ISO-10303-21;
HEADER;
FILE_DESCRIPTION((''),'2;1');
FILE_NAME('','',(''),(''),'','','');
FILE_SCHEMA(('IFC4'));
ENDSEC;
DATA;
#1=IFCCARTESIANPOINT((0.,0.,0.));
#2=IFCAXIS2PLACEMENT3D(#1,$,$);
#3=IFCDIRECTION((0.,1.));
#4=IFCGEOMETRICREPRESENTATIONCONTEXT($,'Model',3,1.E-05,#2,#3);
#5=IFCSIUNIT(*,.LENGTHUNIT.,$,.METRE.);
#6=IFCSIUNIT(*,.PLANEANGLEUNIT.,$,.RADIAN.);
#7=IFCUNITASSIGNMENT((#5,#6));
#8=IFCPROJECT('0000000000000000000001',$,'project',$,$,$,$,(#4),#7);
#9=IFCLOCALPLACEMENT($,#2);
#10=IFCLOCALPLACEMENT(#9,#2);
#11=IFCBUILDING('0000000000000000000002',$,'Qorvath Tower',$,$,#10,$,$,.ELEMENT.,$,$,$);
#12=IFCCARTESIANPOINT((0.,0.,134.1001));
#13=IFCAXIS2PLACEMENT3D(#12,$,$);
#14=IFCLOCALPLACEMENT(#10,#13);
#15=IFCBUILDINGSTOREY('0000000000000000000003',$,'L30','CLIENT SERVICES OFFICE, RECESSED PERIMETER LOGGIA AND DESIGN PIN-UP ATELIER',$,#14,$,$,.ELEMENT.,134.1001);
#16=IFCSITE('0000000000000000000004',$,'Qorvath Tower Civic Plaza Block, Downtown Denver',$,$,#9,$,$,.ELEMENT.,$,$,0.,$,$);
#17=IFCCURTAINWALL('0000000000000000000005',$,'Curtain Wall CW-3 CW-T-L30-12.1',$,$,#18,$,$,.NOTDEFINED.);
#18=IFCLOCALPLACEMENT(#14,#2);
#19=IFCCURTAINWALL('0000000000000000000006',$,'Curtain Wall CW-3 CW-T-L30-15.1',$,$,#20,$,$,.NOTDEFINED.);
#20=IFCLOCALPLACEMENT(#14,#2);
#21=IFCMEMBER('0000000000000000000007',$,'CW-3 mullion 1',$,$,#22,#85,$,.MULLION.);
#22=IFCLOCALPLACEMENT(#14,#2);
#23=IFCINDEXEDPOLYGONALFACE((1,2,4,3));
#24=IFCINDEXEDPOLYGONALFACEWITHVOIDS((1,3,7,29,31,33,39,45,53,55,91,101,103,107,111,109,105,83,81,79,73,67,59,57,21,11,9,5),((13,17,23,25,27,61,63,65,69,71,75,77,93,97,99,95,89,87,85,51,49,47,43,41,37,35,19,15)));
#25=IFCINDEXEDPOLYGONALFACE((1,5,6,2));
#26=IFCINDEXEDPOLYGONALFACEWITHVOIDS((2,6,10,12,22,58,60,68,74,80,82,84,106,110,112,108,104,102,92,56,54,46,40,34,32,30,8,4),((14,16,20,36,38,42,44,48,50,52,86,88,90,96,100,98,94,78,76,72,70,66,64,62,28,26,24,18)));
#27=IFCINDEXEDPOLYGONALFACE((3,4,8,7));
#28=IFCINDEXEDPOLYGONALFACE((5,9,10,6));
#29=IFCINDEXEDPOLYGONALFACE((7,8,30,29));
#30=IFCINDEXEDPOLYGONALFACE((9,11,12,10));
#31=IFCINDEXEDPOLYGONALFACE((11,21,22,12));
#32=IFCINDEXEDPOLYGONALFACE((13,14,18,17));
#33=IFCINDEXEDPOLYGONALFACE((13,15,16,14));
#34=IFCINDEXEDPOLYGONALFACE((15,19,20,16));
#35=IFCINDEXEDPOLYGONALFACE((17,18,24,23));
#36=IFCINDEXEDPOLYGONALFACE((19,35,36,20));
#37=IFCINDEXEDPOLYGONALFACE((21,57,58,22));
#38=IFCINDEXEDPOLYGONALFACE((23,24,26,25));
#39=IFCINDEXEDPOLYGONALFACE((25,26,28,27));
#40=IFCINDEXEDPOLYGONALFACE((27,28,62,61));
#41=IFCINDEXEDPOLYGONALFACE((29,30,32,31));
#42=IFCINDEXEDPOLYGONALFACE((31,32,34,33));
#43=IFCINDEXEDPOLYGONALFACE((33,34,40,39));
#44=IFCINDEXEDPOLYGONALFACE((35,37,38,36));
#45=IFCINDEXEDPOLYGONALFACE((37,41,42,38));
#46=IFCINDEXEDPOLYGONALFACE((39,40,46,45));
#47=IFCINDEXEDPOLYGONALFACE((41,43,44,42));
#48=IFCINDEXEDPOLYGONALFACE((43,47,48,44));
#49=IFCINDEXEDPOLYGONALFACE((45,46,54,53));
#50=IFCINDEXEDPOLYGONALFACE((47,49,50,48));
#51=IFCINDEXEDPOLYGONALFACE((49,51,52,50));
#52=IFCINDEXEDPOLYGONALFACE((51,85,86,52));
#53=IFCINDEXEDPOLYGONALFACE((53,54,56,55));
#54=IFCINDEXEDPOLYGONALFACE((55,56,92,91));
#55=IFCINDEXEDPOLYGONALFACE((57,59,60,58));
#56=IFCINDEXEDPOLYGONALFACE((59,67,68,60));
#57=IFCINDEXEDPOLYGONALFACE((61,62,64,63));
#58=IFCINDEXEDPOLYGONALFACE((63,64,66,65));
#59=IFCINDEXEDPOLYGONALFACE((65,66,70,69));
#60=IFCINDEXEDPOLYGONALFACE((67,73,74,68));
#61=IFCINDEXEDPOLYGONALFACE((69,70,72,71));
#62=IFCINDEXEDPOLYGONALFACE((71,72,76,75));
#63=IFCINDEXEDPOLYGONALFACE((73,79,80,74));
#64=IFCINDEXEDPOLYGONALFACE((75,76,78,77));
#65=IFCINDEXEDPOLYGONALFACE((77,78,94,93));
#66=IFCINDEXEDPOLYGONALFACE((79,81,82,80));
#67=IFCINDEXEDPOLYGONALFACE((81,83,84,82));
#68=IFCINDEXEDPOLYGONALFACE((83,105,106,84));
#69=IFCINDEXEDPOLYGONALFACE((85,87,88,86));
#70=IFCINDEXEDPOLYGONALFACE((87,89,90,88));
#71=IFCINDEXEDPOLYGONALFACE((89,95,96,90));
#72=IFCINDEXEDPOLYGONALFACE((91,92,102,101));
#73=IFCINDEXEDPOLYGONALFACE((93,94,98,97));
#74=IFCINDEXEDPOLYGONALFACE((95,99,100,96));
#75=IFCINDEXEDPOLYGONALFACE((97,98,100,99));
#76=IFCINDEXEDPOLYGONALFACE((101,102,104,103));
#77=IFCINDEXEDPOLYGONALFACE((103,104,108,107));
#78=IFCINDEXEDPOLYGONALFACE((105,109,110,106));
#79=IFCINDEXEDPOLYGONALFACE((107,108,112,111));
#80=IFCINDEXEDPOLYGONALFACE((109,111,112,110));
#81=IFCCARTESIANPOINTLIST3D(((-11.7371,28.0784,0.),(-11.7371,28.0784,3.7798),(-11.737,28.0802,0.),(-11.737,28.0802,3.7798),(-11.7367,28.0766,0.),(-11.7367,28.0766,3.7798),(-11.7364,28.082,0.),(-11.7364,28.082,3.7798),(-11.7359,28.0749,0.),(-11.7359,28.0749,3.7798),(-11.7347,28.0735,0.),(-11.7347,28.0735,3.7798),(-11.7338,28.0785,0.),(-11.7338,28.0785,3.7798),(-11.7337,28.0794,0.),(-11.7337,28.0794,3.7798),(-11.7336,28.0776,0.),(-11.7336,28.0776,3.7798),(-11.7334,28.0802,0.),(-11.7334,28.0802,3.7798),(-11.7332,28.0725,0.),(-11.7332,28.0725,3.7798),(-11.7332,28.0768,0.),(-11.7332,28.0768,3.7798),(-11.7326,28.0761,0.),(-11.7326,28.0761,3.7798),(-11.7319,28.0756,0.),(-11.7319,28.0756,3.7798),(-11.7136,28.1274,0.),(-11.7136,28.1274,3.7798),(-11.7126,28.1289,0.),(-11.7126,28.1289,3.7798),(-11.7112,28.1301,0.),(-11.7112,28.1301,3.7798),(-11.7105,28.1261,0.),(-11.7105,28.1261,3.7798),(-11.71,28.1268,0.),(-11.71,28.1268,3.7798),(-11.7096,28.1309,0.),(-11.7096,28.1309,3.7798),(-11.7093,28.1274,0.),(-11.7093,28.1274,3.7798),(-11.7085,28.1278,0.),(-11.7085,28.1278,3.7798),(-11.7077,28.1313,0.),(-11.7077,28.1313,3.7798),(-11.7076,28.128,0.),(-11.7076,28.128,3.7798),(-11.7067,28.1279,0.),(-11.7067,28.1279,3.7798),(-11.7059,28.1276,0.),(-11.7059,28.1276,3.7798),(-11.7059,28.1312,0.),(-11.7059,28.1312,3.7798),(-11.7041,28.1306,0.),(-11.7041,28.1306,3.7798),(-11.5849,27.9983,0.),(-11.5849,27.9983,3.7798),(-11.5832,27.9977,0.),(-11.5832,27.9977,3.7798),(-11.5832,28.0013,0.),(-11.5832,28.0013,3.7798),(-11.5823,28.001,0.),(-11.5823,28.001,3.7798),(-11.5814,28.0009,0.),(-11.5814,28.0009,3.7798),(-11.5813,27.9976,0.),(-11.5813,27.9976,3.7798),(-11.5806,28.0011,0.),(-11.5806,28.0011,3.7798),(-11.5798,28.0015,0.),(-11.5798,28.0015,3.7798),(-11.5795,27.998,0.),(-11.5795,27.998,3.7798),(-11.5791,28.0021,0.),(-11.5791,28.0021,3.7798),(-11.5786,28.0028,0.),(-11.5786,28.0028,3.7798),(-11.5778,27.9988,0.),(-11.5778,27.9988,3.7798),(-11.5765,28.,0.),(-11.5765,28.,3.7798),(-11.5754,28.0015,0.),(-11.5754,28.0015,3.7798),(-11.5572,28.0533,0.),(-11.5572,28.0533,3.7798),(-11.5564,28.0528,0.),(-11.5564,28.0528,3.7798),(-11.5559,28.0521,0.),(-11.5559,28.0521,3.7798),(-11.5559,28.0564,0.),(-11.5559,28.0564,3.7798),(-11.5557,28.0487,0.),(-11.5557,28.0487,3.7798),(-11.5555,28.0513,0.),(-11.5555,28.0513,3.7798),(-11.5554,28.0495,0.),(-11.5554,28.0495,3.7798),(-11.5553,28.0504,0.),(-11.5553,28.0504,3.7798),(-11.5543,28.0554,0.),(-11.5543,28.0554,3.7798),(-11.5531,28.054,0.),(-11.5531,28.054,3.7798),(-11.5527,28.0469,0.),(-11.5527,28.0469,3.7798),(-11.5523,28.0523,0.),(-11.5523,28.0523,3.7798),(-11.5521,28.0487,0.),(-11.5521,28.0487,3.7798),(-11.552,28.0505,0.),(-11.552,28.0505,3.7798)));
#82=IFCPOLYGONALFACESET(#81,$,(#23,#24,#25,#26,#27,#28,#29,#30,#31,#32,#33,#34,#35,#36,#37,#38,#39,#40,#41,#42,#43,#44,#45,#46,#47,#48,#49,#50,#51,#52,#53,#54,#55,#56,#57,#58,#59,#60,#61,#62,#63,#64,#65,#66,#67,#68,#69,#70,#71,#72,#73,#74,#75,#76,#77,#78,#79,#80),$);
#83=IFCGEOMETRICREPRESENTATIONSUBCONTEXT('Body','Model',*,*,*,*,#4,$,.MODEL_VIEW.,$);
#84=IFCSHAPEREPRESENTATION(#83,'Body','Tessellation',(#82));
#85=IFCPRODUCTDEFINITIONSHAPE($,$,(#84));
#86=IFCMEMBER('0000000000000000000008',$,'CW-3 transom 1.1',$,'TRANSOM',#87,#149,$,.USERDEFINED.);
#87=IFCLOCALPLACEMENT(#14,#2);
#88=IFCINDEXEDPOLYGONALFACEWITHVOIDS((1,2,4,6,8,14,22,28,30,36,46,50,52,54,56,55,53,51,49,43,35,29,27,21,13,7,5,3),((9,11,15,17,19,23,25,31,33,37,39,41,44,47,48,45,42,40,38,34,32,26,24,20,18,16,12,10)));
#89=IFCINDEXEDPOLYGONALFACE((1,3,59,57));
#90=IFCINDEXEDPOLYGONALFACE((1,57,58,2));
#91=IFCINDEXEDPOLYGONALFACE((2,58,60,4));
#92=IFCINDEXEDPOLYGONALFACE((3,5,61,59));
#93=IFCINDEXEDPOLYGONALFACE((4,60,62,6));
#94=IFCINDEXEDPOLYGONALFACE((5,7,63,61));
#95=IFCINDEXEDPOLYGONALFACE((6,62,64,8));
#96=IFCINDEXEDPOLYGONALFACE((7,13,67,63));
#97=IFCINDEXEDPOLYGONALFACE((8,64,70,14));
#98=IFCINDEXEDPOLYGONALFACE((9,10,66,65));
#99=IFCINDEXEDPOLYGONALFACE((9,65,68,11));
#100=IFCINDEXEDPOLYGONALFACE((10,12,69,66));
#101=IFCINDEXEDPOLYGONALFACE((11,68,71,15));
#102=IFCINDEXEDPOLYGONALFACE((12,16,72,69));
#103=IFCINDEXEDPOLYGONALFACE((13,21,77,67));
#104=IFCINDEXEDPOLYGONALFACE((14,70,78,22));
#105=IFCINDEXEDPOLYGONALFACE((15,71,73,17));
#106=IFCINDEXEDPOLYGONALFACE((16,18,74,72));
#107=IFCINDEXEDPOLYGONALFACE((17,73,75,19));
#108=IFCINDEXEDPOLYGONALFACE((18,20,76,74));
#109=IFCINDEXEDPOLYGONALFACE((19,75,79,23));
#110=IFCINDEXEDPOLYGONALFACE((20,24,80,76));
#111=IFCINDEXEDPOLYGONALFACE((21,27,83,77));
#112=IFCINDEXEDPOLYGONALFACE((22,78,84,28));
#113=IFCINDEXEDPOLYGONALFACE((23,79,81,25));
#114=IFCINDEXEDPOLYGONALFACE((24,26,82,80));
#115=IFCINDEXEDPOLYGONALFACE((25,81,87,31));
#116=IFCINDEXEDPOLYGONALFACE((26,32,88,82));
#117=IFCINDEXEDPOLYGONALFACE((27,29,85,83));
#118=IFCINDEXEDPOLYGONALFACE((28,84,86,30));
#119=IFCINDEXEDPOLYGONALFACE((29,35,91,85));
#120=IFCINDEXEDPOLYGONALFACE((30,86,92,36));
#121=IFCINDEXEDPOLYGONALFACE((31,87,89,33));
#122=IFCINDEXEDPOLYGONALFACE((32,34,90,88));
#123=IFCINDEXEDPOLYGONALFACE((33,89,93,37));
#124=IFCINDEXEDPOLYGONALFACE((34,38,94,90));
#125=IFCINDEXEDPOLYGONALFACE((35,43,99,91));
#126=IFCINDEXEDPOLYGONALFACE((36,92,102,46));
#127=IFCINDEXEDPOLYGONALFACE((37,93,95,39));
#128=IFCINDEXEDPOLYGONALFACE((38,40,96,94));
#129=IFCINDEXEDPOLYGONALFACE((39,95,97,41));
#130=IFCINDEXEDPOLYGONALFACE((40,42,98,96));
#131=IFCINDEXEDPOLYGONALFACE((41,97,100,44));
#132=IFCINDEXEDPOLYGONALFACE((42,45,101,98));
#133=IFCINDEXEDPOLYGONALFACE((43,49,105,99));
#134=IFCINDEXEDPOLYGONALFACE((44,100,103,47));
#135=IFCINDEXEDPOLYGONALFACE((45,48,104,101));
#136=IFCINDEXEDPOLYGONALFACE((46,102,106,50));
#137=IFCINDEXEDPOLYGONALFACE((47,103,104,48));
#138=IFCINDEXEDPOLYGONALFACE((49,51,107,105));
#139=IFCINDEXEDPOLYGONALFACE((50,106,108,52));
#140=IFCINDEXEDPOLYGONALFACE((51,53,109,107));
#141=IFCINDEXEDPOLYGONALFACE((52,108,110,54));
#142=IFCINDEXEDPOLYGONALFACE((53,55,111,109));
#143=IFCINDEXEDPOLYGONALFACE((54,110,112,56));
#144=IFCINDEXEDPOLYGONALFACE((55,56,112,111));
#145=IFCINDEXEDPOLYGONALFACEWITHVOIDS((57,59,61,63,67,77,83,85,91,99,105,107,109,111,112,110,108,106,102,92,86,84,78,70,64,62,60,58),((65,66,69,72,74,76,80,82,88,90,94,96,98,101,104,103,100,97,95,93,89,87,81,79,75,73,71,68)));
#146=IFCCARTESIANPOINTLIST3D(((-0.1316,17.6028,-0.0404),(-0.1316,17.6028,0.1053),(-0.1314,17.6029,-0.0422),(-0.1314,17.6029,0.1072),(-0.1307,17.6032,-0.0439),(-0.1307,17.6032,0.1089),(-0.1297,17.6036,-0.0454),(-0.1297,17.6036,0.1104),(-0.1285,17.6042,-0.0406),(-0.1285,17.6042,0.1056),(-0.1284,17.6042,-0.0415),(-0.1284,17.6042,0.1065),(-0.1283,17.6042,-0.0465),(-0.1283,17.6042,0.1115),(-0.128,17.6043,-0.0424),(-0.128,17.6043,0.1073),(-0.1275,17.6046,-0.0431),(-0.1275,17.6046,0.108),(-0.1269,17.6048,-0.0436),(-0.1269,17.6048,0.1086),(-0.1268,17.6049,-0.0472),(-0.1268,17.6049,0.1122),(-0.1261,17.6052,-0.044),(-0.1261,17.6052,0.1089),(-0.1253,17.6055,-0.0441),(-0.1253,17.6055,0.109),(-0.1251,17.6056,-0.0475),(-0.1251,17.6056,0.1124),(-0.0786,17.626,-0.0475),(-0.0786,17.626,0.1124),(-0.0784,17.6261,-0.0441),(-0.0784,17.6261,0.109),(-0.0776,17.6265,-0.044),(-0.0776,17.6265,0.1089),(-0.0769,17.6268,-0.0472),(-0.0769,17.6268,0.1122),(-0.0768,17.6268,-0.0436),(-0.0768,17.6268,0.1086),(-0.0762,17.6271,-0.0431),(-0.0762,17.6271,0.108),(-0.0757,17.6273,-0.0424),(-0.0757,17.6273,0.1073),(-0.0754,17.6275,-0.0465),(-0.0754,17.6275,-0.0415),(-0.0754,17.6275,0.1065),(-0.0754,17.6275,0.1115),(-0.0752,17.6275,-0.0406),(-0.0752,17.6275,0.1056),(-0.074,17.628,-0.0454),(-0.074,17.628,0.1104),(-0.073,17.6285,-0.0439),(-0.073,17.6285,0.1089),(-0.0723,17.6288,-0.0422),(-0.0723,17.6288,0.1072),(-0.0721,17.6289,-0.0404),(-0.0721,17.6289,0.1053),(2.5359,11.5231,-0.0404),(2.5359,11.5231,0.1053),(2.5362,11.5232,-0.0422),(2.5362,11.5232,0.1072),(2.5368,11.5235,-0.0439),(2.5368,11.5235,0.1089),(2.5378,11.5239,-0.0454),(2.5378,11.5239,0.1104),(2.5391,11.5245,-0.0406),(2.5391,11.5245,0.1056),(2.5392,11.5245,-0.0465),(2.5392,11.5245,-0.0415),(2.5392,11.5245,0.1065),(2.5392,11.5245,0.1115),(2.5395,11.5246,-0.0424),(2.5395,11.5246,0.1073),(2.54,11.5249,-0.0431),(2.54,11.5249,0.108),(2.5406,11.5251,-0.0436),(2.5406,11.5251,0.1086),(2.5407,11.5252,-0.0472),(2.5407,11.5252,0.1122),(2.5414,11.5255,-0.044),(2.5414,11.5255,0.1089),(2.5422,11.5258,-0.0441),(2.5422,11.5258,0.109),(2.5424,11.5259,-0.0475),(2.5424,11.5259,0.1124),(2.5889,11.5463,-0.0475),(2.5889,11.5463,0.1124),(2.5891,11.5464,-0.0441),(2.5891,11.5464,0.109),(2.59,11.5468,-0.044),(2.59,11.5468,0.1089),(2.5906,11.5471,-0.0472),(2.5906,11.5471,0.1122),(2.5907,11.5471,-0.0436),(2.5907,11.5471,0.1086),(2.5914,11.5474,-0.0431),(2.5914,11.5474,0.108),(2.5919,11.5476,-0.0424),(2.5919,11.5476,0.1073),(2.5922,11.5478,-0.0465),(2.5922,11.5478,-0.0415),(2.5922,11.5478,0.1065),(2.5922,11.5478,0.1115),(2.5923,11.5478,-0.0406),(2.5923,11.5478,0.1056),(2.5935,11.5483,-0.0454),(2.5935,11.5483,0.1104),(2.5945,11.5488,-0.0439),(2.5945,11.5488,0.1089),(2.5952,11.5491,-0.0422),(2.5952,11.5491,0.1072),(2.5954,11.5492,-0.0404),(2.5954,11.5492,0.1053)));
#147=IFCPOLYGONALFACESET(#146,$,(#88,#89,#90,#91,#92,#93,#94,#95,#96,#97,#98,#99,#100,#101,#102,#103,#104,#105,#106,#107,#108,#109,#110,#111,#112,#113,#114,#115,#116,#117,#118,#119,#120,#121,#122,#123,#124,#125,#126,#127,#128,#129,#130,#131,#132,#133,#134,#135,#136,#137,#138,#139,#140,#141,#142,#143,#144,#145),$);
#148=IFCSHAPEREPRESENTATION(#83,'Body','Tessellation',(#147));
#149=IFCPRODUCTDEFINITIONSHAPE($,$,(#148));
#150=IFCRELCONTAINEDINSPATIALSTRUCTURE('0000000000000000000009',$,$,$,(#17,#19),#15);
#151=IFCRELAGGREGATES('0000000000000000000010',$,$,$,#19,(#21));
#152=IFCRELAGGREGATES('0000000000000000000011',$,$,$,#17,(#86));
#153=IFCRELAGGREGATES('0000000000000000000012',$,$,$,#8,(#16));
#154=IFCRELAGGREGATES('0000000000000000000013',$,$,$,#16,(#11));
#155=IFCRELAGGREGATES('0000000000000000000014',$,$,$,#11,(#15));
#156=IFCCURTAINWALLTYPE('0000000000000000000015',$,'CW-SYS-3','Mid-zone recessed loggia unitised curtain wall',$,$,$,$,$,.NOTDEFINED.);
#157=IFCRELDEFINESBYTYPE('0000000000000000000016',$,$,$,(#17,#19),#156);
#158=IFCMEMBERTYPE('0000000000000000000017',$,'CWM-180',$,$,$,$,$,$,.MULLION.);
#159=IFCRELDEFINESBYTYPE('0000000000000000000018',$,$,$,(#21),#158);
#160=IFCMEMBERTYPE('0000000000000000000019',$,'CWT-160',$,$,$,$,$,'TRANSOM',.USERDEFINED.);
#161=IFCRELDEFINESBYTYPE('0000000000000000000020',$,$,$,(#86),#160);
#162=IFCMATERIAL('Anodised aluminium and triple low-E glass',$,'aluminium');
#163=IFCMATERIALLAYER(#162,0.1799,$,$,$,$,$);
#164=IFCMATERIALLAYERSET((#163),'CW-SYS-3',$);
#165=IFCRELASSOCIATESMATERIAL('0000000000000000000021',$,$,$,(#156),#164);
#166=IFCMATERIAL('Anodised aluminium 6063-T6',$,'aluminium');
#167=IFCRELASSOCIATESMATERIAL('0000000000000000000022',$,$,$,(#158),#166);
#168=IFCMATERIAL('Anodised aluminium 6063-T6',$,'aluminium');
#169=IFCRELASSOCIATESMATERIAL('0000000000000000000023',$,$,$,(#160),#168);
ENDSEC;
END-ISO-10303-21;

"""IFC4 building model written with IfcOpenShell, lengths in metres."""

from ifc_helpers import new_model, si_unit, direction, frame, origin, origin_2d, place, context, subcontext, project, spatial, hollow_rectangle, extrude, material, layer, layer_set, material_profile, profile_set, type_object, element, aggregate, save


model = new_model("IFC4")

# Units and contexts
model_context = context("Model", 3, precision=1e-05, world=origin(), true_north=direction((0.0, 1.0)))
body_context = subcontext(model_context, "Body", "Model", "MODEL_VIEW")
ifc_project = project(units=[si_unit("LENGTHUNIT", "METRE"), si_unit("PLANEANGLEUNIT", "RADIAN")], contexts=[model_context])

# Site, building, storey
site_placement = place(None, origin())
site = spatial("IfcSite", under=ifc_project, at=site_placement, Name="Qorvath Tower Civic Plaza Block, Downtown Denver", CompositionType="ELEMENT", RefElevation=0.0)
building_placement = place(site_placement, origin())
building = spatial("IfcBuilding", under=site, at=building_placement, Name="Qorvath Tower", CompositionType="ELEMENT")
storey_placement = place(building_placement, frame((0.0, 0.0, 134.1001)))
storey = spatial("IfcBuildingStorey", under=building, at=storey_placement, Name="L30", Description="CLIENT SERVICES OFFICE, RECESSED PERIMETER LOGGIA AND DESIGN PIN-UP ATELIER", CompositionType="ELEMENT", Elevation=134.1001)

# Shared definitions
ifc_material_1 = material(Name="Anodised aluminium and triple low-E glass", Category="aluminium")
ifc_layer_1 = layer(ifc_material_1, 0.1799)
ifc_layer_set_1 = layer_set([ifc_layer_1], Name="CW-SYS-3")
curtain_wall_type = type_object("IfcCurtainWallType", Name="CW-SYS-3", Description="Mid-zone recessed loggia unitised curtain wall", PredefinedType="NOTDEFINED", material=ifc_layer_set_1)
ifc_material_2 = material(Name="Anodised aluminium 6063-T6", Category="aluminium")
ifc_material_profile_1 = material_profile(ifc_material_2, hollow_rectangle(XDim=0.0649, YDim=0.1799, WallThickness=0.0034, InnerFilletRadius=0.0034, OuterFilletRadius=0.0071, at=origin_2d()), Name="CWM 180x65")
ifc_profile_set_1 = profile_set([ifc_material_profile_1], Name="Anodised aluminium 6063-T6")
member_type_1 = type_object("IfcMemberType", Name="CWM-180", PredefinedType="MULLION", material=ifc_profile_set_1)

# Curtain wall
curtain_wall_1_placement = place(storey_placement, origin())
curtain_wall_1 = element("IfcCurtainWall", 1, at=curtain_wall_1_placement, inside=storey, type_object=curtain_wall_type, Name="Curtain Wall CW-3 CW-T-L30-12.1", PredefinedType="NOTDEFINED")

# Curtain wall, member
curtain_wall_2_placement = place(storey_placement, origin())
curtain_wall_2 = element("IfcCurtainWall", 2, at=curtain_wall_2_placement, inside=storey, type_object=curtain_wall_type, Name="Curtain Wall CW-3 CW-T-L30-15.1", PredefinedType="NOTDEFINED")
member_1_placement = place(storey_placement, frame((-11.6445, 28.0645, 0.0), z_axis=(0.0, 0.0, 1.0), x_axis=(-0.447214, -0.894427, 0.0)))
member_1 = element("IfcMember", 3, at=member_1_placement, type_object=member_type_1, Name="CW-3 mullion 1", PredefinedType="MULLION", context=body_context, shape_type="SweptSolid", body=[
    extrude(hollow_rectangle(XDim=0.0649, YDim=0.1799, WallThickness=0.0034, InnerFilletRadius=0.0034, OuterFilletRadius=0.0071, at=origin_2d()), origin(), (0.0, 0.0, 1.0), 3.7798),
])
aggregate(curtain_wall_2, [member_1])

# Member
ifc_material_3 = material(Name="Anodised aluminium 6063-T6", Category="aluminium")
ifc_material_profile_2 = material_profile(ifc_material_3, hollow_rectangle(XDim=0.0649, YDim=0.1599, WallThickness=0.0034, InnerFilletRadius=0.0034, OuterFilletRadius=0.0071, at=origin_2d()), Name="CWT 160x65")
ifc_profile_set_2 = profile_set([ifc_material_profile_2], Name="Anodised aluminium 6063-T6")
member_type_2 = type_object("IfcMemberType", Name="CWT-160", ElementType="TRANSOM", PredefinedType="USERDEFINED", material=ifc_profile_set_2)
member_2_placement = place(storey_placement, frame((2.5657, 11.5361, 0.0325), z_axis=(-0.401787, 0.915733, 0.0), x_axis=(-0.915733, -0.401787, 0.0)))
member_2 = element("IfcMember", 4, at=member_2_placement, type_object=member_type_2, Name="CW-3 transom 1.1", ObjectType="TRANSOM", PredefinedType="USERDEFINED", context=body_context, shape_type="SweptSolid", body=[
    extrude(hollow_rectangle(XDim=0.0649, YDim=0.1599, WallThickness=0.0034, InnerFilletRadius=0.0034, OuterFilletRadius=0.0071, at=origin_2d()), origin(), (0.0, 0.0, 1.0), 6.6392),
])

aggregate(curtain_wall_1, [member_2])

save(model, "model.ifc")
